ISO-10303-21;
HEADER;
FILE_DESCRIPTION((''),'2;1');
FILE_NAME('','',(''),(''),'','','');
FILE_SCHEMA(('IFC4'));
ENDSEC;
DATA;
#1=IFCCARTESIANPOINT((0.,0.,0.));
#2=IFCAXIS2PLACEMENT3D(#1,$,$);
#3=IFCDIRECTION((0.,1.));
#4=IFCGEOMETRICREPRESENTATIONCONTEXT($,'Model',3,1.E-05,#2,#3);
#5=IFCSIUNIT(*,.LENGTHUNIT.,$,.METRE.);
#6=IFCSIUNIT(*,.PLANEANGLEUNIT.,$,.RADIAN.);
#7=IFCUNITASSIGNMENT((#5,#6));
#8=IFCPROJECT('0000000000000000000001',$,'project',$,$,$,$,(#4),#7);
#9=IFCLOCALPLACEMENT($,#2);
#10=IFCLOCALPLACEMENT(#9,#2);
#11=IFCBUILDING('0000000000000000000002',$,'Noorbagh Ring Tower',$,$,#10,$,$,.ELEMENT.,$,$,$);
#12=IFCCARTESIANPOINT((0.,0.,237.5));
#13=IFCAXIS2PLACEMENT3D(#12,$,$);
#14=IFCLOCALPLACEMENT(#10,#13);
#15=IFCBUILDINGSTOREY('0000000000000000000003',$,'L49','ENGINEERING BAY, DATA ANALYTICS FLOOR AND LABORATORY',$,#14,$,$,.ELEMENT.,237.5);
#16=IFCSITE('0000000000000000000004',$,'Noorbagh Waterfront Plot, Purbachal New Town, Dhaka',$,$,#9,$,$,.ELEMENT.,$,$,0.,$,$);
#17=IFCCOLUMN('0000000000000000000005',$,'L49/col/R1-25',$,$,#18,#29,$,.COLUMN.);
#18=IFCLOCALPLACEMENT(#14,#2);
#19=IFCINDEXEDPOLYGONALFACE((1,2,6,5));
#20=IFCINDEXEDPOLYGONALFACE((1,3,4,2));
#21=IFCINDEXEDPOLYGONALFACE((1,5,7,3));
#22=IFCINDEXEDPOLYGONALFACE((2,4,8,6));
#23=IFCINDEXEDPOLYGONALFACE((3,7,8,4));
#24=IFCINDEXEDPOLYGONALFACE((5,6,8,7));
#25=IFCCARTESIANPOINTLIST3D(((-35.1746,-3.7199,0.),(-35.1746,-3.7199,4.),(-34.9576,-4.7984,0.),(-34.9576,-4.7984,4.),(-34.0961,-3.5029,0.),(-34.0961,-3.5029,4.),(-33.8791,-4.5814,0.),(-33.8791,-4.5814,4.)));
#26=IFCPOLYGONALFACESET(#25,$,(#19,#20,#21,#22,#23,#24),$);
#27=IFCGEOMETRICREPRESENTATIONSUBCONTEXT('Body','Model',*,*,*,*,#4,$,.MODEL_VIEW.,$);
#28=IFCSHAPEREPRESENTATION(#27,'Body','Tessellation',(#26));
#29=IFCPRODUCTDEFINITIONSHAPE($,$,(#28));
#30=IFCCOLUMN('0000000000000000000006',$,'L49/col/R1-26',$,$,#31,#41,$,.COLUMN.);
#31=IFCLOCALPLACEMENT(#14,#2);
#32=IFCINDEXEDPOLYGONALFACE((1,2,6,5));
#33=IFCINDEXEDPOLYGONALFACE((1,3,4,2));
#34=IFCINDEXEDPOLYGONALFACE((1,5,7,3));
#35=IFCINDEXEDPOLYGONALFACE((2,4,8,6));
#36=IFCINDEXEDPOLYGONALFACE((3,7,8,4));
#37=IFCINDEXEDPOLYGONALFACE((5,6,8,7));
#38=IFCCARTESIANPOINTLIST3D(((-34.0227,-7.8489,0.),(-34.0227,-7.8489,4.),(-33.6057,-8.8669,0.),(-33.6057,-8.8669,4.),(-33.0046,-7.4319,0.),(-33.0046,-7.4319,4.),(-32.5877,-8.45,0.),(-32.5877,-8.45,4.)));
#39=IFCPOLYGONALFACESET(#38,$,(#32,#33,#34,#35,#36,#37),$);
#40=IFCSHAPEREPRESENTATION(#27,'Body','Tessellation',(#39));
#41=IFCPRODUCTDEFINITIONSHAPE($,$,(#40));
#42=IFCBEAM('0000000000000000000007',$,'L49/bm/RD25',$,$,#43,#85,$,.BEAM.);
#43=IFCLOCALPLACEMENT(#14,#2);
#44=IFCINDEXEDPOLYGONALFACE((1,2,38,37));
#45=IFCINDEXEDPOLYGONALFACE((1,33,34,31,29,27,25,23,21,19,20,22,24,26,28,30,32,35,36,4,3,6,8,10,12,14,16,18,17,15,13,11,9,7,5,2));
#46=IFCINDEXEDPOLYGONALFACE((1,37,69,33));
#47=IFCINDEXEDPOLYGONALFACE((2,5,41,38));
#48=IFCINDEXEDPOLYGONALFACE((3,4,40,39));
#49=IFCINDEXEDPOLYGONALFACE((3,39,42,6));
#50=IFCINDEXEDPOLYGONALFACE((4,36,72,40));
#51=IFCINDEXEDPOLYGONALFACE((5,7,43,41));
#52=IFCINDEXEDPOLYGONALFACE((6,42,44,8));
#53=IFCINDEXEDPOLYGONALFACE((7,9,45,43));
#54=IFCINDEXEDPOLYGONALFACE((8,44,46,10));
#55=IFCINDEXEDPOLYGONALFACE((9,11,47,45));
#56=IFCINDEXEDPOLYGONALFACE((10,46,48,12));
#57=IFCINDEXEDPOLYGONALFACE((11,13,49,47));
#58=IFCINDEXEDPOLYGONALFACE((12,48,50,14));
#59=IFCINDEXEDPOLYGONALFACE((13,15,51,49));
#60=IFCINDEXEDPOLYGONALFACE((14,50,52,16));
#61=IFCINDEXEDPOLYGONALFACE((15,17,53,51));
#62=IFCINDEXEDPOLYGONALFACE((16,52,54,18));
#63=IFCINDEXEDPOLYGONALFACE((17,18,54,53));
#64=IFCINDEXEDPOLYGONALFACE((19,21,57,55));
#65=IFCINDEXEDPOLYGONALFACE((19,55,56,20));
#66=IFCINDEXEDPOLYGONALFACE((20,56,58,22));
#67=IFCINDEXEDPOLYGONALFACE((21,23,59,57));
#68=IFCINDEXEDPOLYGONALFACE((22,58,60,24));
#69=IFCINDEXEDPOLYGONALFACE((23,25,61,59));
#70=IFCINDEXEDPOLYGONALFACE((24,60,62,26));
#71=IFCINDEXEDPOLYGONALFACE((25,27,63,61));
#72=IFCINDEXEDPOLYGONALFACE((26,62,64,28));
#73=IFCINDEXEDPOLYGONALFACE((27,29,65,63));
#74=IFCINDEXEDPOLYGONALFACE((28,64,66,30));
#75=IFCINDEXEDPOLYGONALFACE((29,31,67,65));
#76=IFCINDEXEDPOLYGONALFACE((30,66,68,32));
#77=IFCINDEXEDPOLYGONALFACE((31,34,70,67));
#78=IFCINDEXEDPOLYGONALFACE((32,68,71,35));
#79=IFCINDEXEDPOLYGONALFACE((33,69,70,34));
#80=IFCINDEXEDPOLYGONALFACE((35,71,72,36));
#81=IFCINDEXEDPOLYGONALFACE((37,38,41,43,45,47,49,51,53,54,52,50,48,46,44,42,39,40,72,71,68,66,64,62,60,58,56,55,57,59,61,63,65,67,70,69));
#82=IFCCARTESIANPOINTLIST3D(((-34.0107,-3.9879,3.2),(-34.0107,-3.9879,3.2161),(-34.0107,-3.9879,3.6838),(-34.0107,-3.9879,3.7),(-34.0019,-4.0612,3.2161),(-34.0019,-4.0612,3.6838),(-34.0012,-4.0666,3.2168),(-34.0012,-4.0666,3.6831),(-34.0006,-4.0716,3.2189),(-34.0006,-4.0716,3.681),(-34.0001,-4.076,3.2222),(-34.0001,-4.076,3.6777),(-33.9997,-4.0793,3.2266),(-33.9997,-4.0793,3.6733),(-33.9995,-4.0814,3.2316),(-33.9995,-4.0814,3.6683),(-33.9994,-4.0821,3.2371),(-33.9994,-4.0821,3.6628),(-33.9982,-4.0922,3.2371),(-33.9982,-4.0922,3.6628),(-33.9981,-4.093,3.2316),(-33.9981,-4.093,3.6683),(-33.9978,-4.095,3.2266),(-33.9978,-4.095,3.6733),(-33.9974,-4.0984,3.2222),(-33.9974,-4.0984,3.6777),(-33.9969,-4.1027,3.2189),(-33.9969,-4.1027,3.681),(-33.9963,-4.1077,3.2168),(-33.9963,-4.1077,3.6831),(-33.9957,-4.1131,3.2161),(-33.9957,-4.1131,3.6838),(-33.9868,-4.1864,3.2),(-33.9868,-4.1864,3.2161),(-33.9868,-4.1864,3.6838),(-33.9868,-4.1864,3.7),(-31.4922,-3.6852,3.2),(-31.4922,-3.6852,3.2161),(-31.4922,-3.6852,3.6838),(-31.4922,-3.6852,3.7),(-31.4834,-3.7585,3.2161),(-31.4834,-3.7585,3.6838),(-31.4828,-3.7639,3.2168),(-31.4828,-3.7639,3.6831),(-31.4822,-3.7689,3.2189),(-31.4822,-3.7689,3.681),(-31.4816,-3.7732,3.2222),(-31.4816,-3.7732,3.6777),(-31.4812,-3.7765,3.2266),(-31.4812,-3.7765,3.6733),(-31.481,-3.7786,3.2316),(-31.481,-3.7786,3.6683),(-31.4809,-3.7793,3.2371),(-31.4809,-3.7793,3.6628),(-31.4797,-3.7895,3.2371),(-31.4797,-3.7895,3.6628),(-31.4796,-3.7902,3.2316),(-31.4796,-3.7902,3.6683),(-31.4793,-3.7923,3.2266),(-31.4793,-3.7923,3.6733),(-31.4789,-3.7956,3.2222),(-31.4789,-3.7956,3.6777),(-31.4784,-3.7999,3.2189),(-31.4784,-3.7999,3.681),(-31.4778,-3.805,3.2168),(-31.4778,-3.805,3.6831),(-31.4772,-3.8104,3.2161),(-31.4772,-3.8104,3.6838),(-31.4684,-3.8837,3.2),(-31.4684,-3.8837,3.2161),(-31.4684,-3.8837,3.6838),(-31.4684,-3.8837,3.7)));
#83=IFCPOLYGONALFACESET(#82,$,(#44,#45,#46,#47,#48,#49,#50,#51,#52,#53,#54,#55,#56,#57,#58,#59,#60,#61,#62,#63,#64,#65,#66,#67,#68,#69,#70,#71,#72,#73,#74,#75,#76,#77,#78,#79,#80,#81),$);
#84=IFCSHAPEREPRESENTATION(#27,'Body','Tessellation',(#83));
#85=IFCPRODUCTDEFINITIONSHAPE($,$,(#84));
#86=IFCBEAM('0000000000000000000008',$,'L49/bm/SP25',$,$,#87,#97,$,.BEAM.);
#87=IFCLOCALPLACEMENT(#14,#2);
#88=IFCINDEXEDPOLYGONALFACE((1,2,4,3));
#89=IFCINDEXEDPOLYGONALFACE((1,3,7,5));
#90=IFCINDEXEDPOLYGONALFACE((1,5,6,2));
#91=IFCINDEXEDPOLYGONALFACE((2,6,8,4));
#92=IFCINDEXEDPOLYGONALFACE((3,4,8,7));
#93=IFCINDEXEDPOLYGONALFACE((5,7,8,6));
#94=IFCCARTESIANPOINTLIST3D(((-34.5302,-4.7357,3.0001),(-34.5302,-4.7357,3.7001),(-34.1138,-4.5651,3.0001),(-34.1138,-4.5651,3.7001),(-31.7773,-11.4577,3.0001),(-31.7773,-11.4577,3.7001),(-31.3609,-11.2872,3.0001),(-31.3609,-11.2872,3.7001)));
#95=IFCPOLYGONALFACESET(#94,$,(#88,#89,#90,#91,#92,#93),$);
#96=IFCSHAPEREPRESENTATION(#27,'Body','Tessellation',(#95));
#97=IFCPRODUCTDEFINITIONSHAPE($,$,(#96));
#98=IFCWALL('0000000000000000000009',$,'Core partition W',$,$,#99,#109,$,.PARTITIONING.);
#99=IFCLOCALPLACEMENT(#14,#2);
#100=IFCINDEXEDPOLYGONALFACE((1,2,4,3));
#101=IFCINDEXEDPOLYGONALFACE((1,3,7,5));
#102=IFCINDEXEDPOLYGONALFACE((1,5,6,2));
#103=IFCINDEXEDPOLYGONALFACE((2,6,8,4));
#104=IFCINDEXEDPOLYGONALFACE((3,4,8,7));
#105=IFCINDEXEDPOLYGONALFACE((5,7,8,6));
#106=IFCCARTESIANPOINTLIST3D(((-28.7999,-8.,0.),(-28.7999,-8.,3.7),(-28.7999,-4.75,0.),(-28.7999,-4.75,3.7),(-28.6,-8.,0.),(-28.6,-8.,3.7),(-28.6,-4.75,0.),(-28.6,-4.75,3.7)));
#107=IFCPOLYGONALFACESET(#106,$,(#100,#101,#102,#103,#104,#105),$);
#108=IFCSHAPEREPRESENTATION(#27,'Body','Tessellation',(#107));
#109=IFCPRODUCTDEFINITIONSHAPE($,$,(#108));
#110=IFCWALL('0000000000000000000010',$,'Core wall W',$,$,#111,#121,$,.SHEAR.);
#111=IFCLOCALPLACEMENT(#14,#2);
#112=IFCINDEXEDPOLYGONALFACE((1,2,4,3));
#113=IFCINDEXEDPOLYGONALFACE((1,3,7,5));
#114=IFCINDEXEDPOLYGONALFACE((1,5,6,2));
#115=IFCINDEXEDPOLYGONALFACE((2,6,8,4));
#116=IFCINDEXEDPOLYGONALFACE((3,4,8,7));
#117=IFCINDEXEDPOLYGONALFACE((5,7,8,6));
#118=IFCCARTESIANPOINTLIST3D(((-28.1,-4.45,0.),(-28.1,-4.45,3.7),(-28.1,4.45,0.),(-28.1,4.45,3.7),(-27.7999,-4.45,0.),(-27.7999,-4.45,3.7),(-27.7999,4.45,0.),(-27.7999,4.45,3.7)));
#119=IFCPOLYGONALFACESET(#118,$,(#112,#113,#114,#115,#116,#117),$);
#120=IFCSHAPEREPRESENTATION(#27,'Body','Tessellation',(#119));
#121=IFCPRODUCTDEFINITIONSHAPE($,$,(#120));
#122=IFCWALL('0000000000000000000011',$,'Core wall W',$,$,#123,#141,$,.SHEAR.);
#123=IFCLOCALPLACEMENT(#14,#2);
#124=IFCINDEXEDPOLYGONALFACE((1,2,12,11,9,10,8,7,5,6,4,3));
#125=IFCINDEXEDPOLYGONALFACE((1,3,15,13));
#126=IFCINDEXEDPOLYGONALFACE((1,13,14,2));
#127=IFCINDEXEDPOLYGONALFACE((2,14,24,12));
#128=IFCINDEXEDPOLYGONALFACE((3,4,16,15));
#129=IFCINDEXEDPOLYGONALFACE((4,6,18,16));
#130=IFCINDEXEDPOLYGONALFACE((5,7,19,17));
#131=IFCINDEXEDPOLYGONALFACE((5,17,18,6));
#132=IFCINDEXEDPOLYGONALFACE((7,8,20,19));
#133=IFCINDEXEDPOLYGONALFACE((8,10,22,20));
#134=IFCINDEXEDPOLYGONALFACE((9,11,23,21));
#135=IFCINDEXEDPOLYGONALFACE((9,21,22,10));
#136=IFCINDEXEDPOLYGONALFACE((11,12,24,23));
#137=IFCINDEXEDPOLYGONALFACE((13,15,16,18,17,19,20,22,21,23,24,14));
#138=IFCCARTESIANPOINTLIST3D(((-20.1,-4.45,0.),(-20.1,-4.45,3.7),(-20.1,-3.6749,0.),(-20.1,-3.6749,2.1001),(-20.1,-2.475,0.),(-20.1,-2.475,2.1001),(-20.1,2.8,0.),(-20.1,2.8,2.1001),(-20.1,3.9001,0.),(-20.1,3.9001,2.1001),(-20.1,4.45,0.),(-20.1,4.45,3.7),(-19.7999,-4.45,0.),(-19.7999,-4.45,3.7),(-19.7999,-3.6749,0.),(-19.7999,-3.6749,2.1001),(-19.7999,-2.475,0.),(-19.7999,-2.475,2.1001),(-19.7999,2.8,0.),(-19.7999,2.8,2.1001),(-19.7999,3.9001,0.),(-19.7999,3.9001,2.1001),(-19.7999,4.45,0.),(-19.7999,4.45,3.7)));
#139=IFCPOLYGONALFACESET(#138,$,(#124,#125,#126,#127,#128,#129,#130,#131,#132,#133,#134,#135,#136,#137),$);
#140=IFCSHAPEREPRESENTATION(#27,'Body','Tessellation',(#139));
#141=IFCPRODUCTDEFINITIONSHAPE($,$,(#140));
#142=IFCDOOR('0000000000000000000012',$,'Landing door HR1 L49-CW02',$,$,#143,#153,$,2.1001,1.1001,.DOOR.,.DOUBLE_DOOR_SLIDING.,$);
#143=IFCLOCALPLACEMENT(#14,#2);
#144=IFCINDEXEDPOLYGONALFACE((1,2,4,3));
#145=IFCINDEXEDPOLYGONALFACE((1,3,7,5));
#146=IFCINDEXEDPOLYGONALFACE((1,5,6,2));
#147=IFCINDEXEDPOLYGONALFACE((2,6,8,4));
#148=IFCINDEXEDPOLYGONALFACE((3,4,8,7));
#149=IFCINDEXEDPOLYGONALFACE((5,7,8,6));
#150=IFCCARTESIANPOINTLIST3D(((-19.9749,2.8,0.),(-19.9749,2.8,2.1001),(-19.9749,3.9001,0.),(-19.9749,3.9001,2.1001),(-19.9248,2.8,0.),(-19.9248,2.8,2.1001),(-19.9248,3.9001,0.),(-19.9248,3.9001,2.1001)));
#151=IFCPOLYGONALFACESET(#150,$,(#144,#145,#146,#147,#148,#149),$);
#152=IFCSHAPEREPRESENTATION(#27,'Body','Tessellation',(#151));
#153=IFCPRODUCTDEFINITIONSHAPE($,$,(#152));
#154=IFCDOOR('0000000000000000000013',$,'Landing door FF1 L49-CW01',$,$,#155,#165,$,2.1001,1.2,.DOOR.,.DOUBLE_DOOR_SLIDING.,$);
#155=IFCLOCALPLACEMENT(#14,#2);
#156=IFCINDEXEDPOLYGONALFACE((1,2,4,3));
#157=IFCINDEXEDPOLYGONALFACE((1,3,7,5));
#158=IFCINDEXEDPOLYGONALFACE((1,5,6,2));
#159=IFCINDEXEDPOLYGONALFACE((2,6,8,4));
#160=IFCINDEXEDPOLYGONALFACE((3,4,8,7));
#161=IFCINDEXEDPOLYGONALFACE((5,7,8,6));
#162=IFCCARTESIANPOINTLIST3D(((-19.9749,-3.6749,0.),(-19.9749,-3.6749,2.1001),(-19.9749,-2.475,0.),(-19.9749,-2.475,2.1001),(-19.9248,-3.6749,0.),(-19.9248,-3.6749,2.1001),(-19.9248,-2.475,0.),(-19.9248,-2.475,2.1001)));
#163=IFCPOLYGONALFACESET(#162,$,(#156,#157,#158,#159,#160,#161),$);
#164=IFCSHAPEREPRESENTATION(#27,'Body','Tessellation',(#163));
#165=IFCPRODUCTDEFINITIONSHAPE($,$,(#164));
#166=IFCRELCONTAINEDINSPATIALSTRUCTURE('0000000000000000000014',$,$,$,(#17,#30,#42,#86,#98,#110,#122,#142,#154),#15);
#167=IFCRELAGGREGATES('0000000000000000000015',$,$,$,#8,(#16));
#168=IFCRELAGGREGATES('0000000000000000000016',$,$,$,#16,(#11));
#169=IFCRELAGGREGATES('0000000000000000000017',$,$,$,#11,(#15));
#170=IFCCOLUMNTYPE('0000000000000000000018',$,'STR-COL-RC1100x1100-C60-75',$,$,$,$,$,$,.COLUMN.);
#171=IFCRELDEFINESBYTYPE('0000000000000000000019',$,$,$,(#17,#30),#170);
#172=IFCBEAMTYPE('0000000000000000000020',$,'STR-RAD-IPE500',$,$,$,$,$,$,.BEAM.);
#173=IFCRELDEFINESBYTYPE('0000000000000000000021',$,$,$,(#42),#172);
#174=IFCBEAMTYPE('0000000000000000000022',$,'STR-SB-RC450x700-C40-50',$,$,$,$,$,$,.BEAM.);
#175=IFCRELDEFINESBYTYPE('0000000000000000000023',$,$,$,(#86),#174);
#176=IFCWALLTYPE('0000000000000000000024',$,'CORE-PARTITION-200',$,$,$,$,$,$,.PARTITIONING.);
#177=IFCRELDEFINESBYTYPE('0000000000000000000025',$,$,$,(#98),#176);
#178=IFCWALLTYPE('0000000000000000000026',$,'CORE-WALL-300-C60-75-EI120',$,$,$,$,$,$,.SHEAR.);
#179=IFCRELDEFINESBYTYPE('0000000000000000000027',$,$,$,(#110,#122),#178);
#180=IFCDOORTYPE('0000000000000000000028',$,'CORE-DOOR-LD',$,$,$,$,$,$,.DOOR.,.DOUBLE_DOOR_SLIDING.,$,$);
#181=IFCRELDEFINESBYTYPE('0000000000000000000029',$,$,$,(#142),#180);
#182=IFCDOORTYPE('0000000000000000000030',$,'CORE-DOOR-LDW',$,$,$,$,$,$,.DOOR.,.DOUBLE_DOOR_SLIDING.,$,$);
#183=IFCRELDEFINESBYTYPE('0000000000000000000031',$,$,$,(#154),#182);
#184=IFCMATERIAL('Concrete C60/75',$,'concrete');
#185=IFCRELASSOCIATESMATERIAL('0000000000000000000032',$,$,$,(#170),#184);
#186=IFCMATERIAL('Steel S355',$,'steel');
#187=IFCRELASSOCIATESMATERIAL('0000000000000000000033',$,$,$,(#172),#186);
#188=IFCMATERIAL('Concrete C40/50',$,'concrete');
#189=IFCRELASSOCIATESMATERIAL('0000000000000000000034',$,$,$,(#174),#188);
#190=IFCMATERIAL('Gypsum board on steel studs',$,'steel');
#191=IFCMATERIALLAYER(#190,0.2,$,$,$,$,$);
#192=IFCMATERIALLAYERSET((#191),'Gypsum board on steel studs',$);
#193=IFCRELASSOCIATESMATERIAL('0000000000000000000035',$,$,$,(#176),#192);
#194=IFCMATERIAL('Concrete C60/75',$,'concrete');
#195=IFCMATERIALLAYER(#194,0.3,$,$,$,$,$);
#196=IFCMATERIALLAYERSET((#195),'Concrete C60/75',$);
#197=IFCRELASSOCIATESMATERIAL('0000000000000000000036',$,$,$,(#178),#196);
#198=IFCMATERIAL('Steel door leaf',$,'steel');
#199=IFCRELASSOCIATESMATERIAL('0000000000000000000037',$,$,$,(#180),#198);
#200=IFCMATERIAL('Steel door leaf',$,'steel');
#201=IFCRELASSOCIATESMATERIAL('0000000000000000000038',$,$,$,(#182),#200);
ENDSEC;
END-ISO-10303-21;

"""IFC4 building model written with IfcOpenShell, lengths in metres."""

from ifc_helpers import new_model, si_unit, direction, frame, frame_2d, origin, origin_2d, place, context, subcontext, project, spatial, rectangle, i_section, extrude, material, layer, layer_set, material_profile, profile_set, type_object, element, fill, save


model = new_model("IFC4")

# Units and contexts
model_context = context("Model", 3, precision=1e-05, world=origin(), true_north=direction((0.0, 1.0)))
body_context = subcontext(model_context, "Body", "Model", "MODEL_VIEW")
ifc_project = project(units=[si_unit("LENGTHUNIT", "METRE"), si_unit("PLANEANGLEUNIT", "RADIAN")], contexts=[model_context])

# Site, building, storey
site_placement = place(None, origin())
site = spatial("IfcSite", under=ifc_project, at=site_placement, Name="Noorbagh Waterfront Plot, Purbachal New Town, Dhaka", CompositionType="ELEMENT", RefElevation=0.0)
building_placement = place(site_placement, origin())
building = spatial("IfcBuilding", under=site, at=building_placement, Name="Noorbagh Ring Tower", CompositionType="ELEMENT")
storey_placement = place(building_placement, frame((0.0, 0.0, 237.5)))
storey = spatial("IfcBuildingStorey", under=building, at=storey_placement, Name="L49", Description="ENGINEERING BAY, DATA ANALYTICS FLOOR AND LABORATORY", CompositionType="ELEMENT", Elevation=237.5)

# Columns
ifc_material_1 = material(Name="Concrete C60/75", Category="concrete")
ifc_material_profile_1 = material_profile(ifc_material_1, rectangle(XDim=1.1001, YDim=1.1001, at=origin_2d()), Name="RC1100x1100")
ifc_profile_set_1 = profile_set([ifc_material_profile_1], Name="Concrete C60/75")
column_type = type_object("IfcColumnType", Name="STR-COL-RC1100x1100-C60-75", PredefinedType="COLUMN", material=ifc_profile_set_1)
for number, where, z_axis, x_axis, name in (
    (1, (-34.5269, -4.1506, 0.0), (0.0, 0.0, 1.0), (0.19723, -0.980357, 0.0), "L49/col/R1-25"),
    (2, (-33.3052, -8.1494, 0.0), (0.0, 0.0, 1.0), (0.378989, -0.925401, 0.0), "L49/col/R1-26"),
):
    element("IfcColumn", number, at=place(storey_placement, frame(where, z_axis=z_axis, x_axis=x_axis)), inside=storey, type_object=column_type, Name=name, PredefinedType="COLUMN", context=body_context, shape_type="SweptSolid", body=[
        extrude(rectangle(XDim=1.1001, YDim=1.1001, at=origin_2d()), origin(), (0.0, 0.0, 1.0), 4.0),
    ])

# Beams
ifc_material_2 = material(Name="Steel S355", Category="steel")
ifc_material_profile_2 = material_profile(ifc_material_2, i_section(OverallWidth=0.2, OverallDepth=0.5, WebThickness=0.0103, FlangeThickness=0.0161, FilletRadius=0.021, at=origin_2d()), Name="IPE500")
ifc_profile_set_2 = profile_set([ifc_material_profile_2], Name="Steel S355")
beam_type_1 = type_object("IfcBeamType", Name="STR-RAD-IPE500", PredefinedType="BEAM", material=ifc_profile_set_2)
beam_1_placement = place(storey_placement, frame((-33.9988, -4.0872, 3.45), z_axis=(0.992853, 0.119343, 0.0), x_axis=(-0.119343, 0.992853, 0.0)))
element("IfcBeam", 3, at=beam_1_placement, inside=storey, type_object=beam_type_1, Name="L49/bm/RD25", PredefinedType="BEAM", context=body_context, shape_type="SweptSolid", body=[
    extrude(i_section(OverallWidth=0.2, OverallDepth=0.5, WebThickness=0.0103, FlangeThickness=0.0161, FilletRadius=0.021, at=origin_2d()), origin(), (0.0, 0.0, 1.0), 2.5366),
])
ifc_material_3 = material(Name="Concrete C40/50", Category="concrete")
ifc_material_profile_3 = material_profile(ifc_material_3, rectangle(XDim=0.45, YDim=0.7, at=origin_2d()), Name="RC450x700")
ifc_profile_set_3 = profile_set([ifc_material_profile_3], Name="Concrete C40/50")
beam_type_2 = type_object("IfcBeamType", Name="STR-SB-RC450x700-C40-50", PredefinedType="BEAM", material=ifc_profile_set_3)
beam_2_placement = place(storey_placement, frame((-34.322, -4.6504, 3.3501), z_axis=(0.378981, -0.925404, 0.0), x_axis=(0.925404, 0.378981, 0.0)))
element("IfcBeam", 4, at=beam_2_placement, inside=storey, type_object=beam_type_2, Name="L49/bm/SP25", PredefinedType="BEAM", context=body_context, shape_type="SweptSolid", body=[
    extrude(rectangle(XDim=0.45, YDim=0.7, at=origin_2d()), origin(), (0.0, 0.0, 1.0), 7.2639),
])

# Walls
ifc_material_4 = material(Name="Gypsum board on steel studs", Category="steel")
ifc_layer_1 = layer(ifc_material_4, 0.2)
ifc_layer_set_1 = layer_set([ifc_layer_1], Name="Gypsum board on steel studs")
wall_type_1 = type_object("IfcWallType", Name="CORE-PARTITION-200", PredefinedType="PARTITIONING", material=ifc_layer_set_1)
wall_1_placement = place(storey_placement, frame((-28.7, -8.0, 0.0), z_axis=(0.0, 0.0, 1.0), x_axis=(0.0, 1.0, 0.0)))
element("IfcWall", 5, at=wall_1_placement, inside=storey, type_object=wall_type_1, Name="Core partition W", PredefinedType="PARTITIONING", context=body_context, shape_type="SweptSolid", body=[
    extrude(rectangle(XDim=3.25, YDim=0.2, at=frame_2d((1.625, 0.0))), origin(), (0.0, 0.0, 1.0), 3.7),
])
ifc_material_5 = material(Name="Concrete C60/75", Category="concrete")
ifc_layer_2 = layer(ifc_material_5, 0.3)
ifc_layer_set_2 = layer_set([ifc_layer_2], Name="Concrete C60/75")
wall_type_2 = type_object("IfcWallType", Name="CORE-WALL-300-C60-75-EI120", PredefinedType="SHEAR", material=ifc_layer_set_2)
wall_2_placement = place(storey_placement, frame((-27.95, -4.45, 0.0), z_axis=(0.0, 0.0, 1.0), x_axis=(0.0, 1.0, 0.0)))
element("IfcWall", 6, at=wall_2_placement, inside=storey, type_object=wall_type_2, Name="Core wall W", PredefinedType="SHEAR", context=body_context, shape_type="SweptSolid", body=[
    extrude(rectangle(XDim=8.8999, YDim=0.3, at=frame_2d((4.45, 0.0))), origin(), (0.0, 0.0, 1.0), 3.7),
])

# Wall, openings, doors
wall_3_placement = place(storey_placement, frame((-19.95, -4.45, 0.0), z_axis=(0.0, 0.0, 1.0), x_axis=(0.0, 1.0, 0.0)))
wall_3 = element("IfcWall", 7, at=wall_3_placement, inside=storey, type_object=wall_type_2, Name="Core wall W", PredefinedType="SHEAR", context=body_context, shape_type="SweptSolid", body=[
    extrude(rectangle(XDim=8.8999, YDim=0.3, at=frame_2d((4.45, 0.0))), origin(), (0.0, 0.0, 1.0), 3.7),
])
opening_1_placement = place(wall_3_placement, frame((0.7749, 0.0, 0.0)))
opening_1 = element("IfcOpeningElement", 8, at=opening_1_placement, cuts=wall_3, PredefinedType="OPENING", context=body_context, shape_type="SweptSolid", body=[
    extrude(rectangle(XDim=1.2, YDim=2.1001, at=frame_2d((0.6001, 1.05))), frame((0.0, 0.1602, 0.0), z_axis=(0.0, -1.0, 0.0), x_axis=(1.0, 0.0, 0.0)), (0.0, 0.0, 1.0), 0.3201),
])
opening_2_placement = place(wall_3_placement, frame((7.25, 0.0, 0.0)))
opening_2 = element("IfcOpeningElement", 9, at=opening_2_placement, cuts=wall_3, PredefinedType="OPENING", context=body_context, shape_type="SweptSolid", body=[
    extrude(rectangle(XDim=1.1001, YDim=2.1001, at=frame_2d((0.55, 1.05))), frame((0.0, 0.1602, 0.0), z_axis=(0.0, -1.0, 0.0), x_axis=(1.0, 0.0, 0.0)), (0.0, 0.0, 1.0), 0.3201),
])
ifc_material_6 = material(Name="Steel door leaf", Category="steel")
door_type_1 = type_object("IfcDoorType", Name="CORE-DOOR-LD", OperationType="DOUBLE_DOOR_SLIDING", PredefinedType="DOOR", material=ifc_material_6)
door_1_placement = place(opening_2_placement, origin())
door_1 = element("IfcDoor", 10, at=door_1_placement, inside=storey, type_object=door_type_1, Name="Landing door HR1 L49-CW02", OperationType="DOUBLE_DOOR_SLIDING", OverallHeight=2.1001, OverallWidth=1.1001, PredefinedType="DOOR", context=body_context, shape_type="SweptSolid", body=[
    extrude(rectangle(XDim=1.1001, YDim=2.1001, at=frame_2d((0.55, 1.05))), frame((0.0, 0.0249, 0.0), z_axis=(0.0, -1.0, 0.0), x_axis=(1.0, 0.0, 0.0)), (0.0, 0.0, 1.0), 0.05),
])
fill(opening_2, door_1)
ifc_material_7 = material(Name="Steel door leaf", Category="steel")
door_type_2 = type_object("IfcDoorType", Name="CORE-DOOR-LDW", OperationType="DOUBLE_DOOR_SLIDING", PredefinedType="DOOR", material=ifc_material_7)
door_2_placement = place(opening_1_placement, origin())
door_2 = element("IfcDoor", 11, at=door_2_placement, inside=storey, type_object=door_type_2, Name="Landing door FF1 L49-CW01", OperationType="DOUBLE_DOOR_SLIDING", OverallHeight=2.1001, OverallWidth=1.2, PredefinedType="DOOR", context=body_context, shape_type="SweptSolid", body=[
    extrude(rectangle(XDim=1.2, YDim=2.1001, at=frame_2d((0.6001, 1.05))), frame((0.0, 0.0249, 0.0), z_axis=(0.0, -1.0, 0.0), x_axis=(1.0, 0.0, 0.0)), (0.0, 0.0, 1.0), 0.05),
])
fill(opening_1, door_2)

save(model, "model.ifc")
